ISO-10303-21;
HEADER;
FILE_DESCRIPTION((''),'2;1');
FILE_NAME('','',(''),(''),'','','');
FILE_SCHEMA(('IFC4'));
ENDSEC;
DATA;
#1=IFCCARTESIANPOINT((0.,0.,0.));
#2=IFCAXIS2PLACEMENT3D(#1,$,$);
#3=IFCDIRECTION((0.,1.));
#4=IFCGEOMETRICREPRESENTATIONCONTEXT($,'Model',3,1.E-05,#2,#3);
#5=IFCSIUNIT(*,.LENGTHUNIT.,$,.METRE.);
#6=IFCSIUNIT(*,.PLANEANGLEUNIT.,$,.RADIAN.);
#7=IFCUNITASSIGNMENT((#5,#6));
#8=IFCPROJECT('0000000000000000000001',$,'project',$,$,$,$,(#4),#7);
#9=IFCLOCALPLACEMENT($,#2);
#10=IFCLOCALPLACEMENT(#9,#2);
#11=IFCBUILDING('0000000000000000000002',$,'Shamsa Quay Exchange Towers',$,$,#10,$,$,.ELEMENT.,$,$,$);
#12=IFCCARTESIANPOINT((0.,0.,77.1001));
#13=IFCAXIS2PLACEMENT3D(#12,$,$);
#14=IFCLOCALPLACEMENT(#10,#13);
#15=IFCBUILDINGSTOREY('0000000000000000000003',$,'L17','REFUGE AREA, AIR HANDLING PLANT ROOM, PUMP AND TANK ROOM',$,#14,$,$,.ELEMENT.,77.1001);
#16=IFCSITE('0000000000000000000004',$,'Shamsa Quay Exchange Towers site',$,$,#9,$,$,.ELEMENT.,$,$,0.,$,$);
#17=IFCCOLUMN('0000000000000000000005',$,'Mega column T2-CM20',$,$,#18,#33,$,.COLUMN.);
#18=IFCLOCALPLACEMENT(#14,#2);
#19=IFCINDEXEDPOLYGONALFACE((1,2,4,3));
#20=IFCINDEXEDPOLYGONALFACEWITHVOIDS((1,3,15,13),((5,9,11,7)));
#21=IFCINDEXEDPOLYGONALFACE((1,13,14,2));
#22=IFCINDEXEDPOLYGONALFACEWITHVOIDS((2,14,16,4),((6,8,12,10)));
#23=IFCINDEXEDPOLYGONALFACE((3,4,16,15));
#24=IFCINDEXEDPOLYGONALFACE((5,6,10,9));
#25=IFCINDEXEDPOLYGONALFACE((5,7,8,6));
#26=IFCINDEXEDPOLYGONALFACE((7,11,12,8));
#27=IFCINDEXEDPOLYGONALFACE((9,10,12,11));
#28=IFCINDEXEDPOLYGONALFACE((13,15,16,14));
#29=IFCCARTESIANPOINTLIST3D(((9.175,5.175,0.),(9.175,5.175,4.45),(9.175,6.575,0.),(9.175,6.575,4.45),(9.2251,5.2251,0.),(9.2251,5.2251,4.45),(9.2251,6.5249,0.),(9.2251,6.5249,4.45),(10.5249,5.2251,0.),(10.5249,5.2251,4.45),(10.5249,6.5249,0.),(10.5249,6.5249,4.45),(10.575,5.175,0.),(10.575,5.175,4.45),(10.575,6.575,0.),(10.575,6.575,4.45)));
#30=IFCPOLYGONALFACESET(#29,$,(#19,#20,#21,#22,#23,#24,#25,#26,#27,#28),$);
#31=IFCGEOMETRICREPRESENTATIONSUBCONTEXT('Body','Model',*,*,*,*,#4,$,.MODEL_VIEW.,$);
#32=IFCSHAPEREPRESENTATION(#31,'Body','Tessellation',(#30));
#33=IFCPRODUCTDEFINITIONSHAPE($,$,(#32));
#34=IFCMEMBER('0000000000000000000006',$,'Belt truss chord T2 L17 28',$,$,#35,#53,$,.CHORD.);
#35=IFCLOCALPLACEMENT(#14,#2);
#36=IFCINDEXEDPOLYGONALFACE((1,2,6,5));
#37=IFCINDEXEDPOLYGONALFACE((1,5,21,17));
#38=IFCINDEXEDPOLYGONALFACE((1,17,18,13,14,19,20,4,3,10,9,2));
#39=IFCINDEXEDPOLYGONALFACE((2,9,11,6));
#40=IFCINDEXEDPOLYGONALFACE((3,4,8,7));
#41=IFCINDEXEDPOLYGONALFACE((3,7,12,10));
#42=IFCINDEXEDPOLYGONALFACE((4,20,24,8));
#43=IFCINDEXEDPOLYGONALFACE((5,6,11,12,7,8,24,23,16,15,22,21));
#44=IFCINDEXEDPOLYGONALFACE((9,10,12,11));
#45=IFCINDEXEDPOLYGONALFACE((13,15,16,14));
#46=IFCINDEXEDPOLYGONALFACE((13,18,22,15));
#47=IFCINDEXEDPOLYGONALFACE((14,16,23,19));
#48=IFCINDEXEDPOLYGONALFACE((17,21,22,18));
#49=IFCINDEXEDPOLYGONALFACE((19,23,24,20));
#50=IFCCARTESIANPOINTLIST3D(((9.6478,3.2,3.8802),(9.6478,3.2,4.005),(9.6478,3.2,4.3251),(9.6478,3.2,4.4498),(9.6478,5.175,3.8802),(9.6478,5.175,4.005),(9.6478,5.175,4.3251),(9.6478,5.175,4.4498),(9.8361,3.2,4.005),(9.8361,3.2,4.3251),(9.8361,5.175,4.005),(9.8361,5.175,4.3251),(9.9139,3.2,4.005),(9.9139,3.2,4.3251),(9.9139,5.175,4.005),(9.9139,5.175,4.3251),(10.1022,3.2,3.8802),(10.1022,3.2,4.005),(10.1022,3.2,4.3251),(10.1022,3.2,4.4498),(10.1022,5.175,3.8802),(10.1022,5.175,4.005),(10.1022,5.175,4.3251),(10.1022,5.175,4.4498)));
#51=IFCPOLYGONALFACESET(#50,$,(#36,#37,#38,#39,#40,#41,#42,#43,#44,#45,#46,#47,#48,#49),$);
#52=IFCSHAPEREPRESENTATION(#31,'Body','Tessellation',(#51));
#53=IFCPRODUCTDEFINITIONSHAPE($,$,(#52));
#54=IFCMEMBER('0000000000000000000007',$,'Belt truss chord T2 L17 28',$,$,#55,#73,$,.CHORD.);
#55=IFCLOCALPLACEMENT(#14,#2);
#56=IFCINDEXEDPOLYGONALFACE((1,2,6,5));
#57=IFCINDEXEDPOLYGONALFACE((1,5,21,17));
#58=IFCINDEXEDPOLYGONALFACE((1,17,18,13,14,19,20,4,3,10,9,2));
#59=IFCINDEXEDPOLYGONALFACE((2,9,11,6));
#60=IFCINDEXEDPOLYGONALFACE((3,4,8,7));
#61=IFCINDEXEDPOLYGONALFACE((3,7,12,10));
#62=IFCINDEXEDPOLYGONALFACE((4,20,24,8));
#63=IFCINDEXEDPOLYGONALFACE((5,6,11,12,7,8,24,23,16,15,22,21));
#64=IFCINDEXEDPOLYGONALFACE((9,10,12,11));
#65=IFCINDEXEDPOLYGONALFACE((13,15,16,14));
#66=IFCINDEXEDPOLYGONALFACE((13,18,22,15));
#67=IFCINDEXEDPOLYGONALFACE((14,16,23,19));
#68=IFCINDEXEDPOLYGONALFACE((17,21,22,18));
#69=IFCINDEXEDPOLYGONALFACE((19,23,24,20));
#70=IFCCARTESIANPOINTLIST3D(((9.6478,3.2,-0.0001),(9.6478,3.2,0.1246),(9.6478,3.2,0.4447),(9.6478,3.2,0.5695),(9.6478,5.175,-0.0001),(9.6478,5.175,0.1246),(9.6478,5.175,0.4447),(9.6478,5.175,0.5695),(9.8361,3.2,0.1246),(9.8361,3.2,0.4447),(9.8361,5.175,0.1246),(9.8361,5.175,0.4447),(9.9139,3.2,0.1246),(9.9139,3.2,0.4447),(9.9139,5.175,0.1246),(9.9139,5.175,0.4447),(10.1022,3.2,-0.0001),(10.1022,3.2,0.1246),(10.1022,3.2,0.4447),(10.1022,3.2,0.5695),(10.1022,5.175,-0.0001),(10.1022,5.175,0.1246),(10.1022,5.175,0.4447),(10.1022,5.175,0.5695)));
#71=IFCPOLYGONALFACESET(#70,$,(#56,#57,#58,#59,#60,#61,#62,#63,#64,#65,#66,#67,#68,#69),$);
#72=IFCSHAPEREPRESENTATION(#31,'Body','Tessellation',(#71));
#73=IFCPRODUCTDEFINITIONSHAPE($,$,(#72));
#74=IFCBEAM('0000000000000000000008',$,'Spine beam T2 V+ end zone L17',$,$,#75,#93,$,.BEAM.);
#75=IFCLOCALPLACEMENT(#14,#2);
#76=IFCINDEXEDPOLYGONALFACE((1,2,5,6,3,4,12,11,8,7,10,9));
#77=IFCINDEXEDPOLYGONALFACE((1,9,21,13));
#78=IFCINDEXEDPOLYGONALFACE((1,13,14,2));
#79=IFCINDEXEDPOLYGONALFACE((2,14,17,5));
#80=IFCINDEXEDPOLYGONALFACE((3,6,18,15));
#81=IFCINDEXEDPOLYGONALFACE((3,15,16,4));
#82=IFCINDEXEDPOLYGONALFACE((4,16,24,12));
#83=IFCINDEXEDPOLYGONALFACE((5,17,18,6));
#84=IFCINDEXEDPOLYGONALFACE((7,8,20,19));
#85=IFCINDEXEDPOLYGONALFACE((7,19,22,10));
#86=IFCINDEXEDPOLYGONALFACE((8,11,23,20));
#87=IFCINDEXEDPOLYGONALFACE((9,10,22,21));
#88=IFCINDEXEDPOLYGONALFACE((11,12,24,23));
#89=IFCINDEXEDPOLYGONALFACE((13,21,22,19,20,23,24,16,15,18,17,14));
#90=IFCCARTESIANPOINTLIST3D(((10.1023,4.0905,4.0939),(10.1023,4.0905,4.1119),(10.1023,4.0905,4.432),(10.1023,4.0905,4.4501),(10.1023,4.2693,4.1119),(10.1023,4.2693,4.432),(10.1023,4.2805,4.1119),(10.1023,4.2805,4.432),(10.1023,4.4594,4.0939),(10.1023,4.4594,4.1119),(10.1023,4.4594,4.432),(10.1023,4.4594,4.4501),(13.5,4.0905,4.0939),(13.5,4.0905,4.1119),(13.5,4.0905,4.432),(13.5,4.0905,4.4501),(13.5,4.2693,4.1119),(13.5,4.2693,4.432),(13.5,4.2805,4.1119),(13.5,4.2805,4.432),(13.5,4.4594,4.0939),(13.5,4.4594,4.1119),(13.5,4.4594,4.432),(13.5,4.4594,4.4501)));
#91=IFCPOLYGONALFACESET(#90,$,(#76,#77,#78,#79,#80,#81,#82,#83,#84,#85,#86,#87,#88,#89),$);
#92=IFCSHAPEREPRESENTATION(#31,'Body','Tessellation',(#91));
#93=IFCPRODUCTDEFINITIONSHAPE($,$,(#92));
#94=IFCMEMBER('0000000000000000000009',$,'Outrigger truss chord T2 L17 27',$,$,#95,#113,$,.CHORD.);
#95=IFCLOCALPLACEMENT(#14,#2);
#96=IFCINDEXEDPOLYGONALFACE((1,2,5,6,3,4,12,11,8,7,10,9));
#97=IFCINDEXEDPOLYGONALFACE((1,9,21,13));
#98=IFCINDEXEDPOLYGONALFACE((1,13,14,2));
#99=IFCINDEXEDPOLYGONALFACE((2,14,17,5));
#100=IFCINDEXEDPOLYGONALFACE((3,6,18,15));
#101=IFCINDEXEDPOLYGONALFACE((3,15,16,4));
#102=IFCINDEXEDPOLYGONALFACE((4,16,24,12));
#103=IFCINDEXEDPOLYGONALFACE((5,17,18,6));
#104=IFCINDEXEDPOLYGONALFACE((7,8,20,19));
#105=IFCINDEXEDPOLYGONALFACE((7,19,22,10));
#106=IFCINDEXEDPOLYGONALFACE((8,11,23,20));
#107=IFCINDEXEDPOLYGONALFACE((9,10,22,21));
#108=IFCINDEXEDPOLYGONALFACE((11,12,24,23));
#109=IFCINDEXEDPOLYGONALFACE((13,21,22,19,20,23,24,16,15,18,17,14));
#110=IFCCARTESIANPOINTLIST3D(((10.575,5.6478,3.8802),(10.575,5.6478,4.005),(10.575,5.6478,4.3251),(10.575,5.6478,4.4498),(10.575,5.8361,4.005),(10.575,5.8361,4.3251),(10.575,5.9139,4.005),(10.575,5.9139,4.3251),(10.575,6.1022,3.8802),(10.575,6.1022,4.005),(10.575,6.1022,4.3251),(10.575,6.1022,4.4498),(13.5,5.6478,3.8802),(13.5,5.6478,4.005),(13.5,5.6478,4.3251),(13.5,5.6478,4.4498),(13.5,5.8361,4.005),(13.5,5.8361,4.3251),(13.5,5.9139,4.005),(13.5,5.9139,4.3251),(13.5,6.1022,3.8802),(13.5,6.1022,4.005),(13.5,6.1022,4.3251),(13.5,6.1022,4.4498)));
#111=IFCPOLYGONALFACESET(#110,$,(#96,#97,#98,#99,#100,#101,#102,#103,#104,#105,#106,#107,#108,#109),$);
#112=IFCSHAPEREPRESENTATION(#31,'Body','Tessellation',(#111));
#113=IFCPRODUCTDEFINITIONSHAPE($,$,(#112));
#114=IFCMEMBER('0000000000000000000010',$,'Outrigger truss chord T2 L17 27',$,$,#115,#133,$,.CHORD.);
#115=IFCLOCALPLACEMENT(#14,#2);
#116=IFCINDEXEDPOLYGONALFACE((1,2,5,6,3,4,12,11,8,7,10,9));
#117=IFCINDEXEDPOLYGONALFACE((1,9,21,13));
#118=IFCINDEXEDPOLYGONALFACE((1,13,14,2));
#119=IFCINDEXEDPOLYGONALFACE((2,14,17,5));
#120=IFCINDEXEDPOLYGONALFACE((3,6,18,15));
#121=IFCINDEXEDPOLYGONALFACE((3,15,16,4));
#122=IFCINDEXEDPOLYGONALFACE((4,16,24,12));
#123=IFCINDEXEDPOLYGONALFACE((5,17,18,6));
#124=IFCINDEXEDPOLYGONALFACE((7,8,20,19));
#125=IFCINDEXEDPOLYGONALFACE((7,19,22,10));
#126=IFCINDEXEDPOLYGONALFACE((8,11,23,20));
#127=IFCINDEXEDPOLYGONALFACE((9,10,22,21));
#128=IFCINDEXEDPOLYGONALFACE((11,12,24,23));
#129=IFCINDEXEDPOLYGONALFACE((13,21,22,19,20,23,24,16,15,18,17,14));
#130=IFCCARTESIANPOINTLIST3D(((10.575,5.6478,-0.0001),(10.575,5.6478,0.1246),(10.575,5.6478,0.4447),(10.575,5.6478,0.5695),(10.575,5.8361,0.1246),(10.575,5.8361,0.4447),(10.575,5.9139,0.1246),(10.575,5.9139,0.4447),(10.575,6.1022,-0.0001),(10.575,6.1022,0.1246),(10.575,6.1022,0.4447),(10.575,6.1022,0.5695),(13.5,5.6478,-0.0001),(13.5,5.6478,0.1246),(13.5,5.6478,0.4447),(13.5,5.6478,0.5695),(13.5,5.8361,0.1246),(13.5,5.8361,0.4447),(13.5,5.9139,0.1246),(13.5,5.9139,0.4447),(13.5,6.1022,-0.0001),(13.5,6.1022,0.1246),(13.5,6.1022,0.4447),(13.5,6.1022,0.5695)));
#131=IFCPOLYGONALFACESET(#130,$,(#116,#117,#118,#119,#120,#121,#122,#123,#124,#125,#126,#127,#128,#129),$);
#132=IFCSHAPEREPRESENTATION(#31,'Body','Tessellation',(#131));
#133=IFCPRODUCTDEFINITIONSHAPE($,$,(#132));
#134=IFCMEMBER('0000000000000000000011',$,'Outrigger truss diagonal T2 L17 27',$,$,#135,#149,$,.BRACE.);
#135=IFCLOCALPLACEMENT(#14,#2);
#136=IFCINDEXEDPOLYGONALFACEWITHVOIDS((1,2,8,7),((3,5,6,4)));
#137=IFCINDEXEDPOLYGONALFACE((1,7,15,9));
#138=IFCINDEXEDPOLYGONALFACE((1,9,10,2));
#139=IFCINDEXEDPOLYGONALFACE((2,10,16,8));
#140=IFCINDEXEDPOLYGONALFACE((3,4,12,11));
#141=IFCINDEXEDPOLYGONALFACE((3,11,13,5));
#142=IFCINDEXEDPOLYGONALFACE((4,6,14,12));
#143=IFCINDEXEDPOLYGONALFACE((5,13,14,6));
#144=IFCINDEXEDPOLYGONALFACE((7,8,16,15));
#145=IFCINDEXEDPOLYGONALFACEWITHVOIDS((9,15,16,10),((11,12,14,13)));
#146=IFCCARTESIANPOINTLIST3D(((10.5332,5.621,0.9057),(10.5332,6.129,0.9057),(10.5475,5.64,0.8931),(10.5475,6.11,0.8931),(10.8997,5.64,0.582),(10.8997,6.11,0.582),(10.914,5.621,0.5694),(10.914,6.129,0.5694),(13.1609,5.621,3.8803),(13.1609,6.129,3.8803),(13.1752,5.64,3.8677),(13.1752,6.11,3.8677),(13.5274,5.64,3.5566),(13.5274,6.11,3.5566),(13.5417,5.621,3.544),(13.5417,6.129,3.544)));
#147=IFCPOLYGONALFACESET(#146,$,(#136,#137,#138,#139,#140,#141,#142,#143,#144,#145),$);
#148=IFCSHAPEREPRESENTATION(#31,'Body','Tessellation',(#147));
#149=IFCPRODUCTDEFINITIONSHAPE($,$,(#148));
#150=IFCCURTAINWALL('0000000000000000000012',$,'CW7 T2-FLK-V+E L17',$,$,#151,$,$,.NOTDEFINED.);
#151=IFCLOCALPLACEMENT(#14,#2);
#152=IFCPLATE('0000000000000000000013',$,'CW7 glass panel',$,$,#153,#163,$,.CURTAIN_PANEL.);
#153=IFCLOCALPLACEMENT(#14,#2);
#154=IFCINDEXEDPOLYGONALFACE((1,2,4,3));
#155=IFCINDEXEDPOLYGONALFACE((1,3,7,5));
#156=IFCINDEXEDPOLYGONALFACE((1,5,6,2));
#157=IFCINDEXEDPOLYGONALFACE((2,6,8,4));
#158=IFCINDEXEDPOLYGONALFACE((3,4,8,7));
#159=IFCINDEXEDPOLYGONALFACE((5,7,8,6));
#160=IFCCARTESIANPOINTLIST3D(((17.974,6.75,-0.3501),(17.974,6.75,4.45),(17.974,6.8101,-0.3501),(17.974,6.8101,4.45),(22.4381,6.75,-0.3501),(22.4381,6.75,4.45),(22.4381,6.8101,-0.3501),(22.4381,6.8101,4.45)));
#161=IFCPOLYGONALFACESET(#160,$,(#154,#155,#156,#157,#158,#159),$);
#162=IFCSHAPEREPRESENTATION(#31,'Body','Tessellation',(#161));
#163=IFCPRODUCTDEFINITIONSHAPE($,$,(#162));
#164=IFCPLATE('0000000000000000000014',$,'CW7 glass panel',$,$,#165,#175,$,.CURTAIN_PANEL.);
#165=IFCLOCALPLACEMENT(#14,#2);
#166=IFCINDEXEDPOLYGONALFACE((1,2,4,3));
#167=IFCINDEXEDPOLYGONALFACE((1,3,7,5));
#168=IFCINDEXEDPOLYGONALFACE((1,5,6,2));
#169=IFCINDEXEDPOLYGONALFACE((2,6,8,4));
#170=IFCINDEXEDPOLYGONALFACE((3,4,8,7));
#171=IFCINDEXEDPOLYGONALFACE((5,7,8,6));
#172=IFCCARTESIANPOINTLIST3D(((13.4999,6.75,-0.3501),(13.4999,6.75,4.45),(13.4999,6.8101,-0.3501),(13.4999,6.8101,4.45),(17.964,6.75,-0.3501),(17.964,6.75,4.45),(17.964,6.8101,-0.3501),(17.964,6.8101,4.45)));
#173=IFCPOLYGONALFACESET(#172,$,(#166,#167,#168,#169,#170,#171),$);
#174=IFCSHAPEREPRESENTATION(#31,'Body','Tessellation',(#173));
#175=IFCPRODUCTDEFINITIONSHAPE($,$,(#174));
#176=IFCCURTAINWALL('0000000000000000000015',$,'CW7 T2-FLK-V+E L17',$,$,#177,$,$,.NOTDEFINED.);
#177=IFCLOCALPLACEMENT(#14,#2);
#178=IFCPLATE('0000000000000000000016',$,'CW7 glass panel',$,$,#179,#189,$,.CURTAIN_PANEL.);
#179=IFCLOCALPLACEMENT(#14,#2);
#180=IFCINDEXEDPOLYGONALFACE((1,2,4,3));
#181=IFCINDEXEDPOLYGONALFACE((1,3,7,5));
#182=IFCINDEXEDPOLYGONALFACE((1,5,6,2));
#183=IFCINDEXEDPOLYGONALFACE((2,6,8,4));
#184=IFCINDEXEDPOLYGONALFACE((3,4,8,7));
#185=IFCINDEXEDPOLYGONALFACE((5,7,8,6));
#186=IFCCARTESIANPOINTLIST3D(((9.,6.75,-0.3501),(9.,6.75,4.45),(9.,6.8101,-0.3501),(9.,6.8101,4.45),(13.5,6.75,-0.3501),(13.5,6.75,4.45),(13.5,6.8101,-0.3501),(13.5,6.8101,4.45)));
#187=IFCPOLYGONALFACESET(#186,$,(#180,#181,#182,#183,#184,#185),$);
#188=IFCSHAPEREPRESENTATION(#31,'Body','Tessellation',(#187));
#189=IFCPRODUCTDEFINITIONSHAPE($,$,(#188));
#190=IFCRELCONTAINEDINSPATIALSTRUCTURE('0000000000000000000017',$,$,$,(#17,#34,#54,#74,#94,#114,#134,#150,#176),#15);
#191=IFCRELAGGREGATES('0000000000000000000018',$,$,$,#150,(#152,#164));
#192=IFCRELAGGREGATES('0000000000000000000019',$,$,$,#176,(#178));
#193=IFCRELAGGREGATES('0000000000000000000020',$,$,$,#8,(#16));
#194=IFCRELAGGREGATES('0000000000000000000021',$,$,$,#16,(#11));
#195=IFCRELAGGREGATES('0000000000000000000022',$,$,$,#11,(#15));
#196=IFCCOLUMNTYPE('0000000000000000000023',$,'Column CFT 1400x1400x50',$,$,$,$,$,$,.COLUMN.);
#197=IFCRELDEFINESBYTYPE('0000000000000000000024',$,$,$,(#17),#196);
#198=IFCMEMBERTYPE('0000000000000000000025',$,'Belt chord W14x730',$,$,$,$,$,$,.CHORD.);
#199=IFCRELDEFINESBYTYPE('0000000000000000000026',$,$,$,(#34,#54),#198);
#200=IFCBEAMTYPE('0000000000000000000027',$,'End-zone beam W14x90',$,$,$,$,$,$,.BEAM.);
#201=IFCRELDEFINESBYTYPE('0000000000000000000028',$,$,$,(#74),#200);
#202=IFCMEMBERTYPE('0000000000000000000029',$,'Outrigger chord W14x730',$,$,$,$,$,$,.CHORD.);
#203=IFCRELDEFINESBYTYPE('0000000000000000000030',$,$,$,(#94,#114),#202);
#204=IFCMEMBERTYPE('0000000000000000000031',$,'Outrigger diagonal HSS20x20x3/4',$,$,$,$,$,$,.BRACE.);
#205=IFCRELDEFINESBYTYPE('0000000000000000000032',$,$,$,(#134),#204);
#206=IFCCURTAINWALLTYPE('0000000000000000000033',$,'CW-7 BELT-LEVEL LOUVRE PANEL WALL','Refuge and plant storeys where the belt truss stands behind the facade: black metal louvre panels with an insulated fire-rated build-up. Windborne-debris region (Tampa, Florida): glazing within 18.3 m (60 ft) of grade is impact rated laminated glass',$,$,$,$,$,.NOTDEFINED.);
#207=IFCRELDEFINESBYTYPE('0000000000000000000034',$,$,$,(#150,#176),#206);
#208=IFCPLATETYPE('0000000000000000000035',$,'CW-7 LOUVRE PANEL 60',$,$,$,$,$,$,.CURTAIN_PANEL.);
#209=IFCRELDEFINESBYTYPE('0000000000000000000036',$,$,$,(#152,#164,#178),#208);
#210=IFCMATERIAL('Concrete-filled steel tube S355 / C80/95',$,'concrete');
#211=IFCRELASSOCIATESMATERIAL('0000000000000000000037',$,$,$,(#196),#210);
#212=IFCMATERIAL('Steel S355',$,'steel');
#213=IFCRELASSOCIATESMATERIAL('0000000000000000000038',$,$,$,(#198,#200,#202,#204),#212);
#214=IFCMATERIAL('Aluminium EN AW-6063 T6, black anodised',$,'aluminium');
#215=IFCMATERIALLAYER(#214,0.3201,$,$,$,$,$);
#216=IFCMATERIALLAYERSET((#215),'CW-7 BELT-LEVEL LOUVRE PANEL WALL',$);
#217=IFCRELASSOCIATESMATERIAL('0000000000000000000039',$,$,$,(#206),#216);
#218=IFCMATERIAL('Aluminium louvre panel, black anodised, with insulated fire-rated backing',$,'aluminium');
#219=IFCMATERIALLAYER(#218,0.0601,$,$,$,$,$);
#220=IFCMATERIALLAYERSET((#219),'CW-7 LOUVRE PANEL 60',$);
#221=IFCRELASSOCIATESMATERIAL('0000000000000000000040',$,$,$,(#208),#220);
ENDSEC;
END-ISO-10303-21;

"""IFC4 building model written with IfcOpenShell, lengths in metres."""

from ifc_helpers import new_model, si_unit, direction, frame, origin, origin_2d, place, context, subcontext, project, spatial, rectangle, hollow_rectangle, i_section, extrude, material, layer, layer_set, material_profile, profile_set, type_object, element, aggregate, save


model = new_model("IFC4")

# Units and contexts
model_context = context("Model", 3, precision=1e-05, world=origin(), true_north=direction((0.0, 1.0)))
body_context = subcontext(model_context, "Body", "Model", "MODEL_VIEW")
ifc_project = project(units=[si_unit("LENGTHUNIT", "METRE"), si_unit("PLANEANGLEUNIT", "RADIAN")], contexts=[model_context])

# Site, building, storey
site_placement = place(None, origin())
site = spatial("IfcSite", under=ifc_project, at=site_placement, Name="Shamsa Quay Exchange Towers site", CompositionType="ELEMENT", RefElevation=0.0)
building_placement = place(site_placement, origin())
building = spatial("IfcBuilding", under=site, at=building_placement, Name="Shamsa Quay Exchange Towers", CompositionType="ELEMENT")
storey_placement = place(building_placement, frame((0.0, 0.0, 77.1001)))
storey = spatial("IfcBuildingStorey", under=building, at=storey_placement, Name="L17", Description="REFUGE AREA, AIR HANDLING PLANT ROOM, PUMP AND TANK ROOM", CompositionType="ELEMENT", Elevation=77.1001)

# Column
ifc_material_1 = material(Name="Concrete-filled steel tube S355 / C80/95", Category="concrete")
ifc_material_profile_1 = material_profile(ifc_material_1, hollow_rectangle(XDim=1.3999, YDim=1.3999, WallThickness=0.05, at=origin_2d()), Name="CFT 1400x1400x50")
ifc_profile_set_1 = profile_set([ifc_material_profile_1], Name="Concrete-filled steel tube S355 / C80/95")
column_type = type_object("IfcColumnType", Name="Column CFT 1400x1400x50", PredefinedType="COLUMN", material=ifc_profile_set_1)
column_placement = place(storey_placement, frame((9.875, 5.875, 0.0)))
element("IfcColumn", 1, at=column_placement, inside=storey, type_object=column_type, Name="Mega column T2-CM20", PredefinedType="COLUMN", context=body_context, shape_type="SweptSolid", body=[
    extrude(hollow_rectangle(XDim=1.3999, YDim=1.3999, WallThickness=0.05, at=origin_2d()), origin(), (0.0, 0.0, 1.0), 4.45),
])

# Members
ifc_material_2 = material(Name="Steel S355", Category="steel")
ifc_material_profile_2 = material_profile(ifc_material_2, i_section(OverallWidth=0.4543, OverallDepth=0.5696, WebThickness=0.0779, FlangeThickness=0.1248, at=origin_2d()), Name="W14x730")
ifc_profile_set_2 = profile_set([ifc_material_profile_2], Name="Steel S355")
member_type_1 = type_object("IfcMemberType", Name="Belt chord W14x730", PredefinedType="CHORD", material=ifc_profile_set_2)
for number, where, z_axis, x_axis, name in (
    (2, (9.875, 5.175, 4.165), (0.0, -1.0, 0.0), (1.0, 0.0, 0.0), "Belt truss chord T2 L17 28"),
    (3, (9.875, 5.175, 0.2847), (0.0, -1.0, 0.0), (1.0, 0.0, 0.0), "Belt truss chord T2 L17 28"),
):
    element("IfcMember", number, at=place(storey_placement, frame(where, z_axis=z_axis, x_axis=x_axis)), inside=storey, type_object=member_type_1, Name=name, PredefinedType="CHORD", context=body_context, shape_type="SweptSolid", body=[
        extrude(i_section(OverallWidth=0.4543, OverallDepth=0.5696, WebThickness=0.0779, FlangeThickness=0.1248, at=origin_2d()), origin(), (0.0, 0.0, 1.0), 1.9751),
    ])

# Beam
ifc_material_profile_3 = material_profile(ifc_material_2, i_section(OverallWidth=0.3689, OverallDepth=0.3562, WebThickness=0.0112, FlangeThickness=0.0181, at=origin_2d()), Name="W14x90")
ifc_profile_set_3 = profile_set([ifc_material_profile_3], Name="Steel S355")
beam_type = type_object("IfcBeamType", Name="End-zone beam W14x90", PredefinedType="BEAM", material=ifc_profile_set_3)
beam_placement = place(storey_placement, frame((13.5, 4.2749, 4.272), z_axis=(-1.0, 0.0, 0.0), x_axis=(0.0, -1.0, 0.0)))
element("IfcBeam", 4, at=beam_placement, inside=storey, type_object=beam_type, Name="Spine beam T2 V+ end zone L17", PredefinedType="BEAM", context=body_context, shape_type="SweptSolid", body=[
    extrude(i_section(OverallWidth=0.3689, OverallDepth=0.3562, WebThickness=0.0112, FlangeThickness=0.0181, at=origin_2d()), origin(), (0.0, 0.0, 1.0), 3.3977),
])

# Members
ifc_material_profile_4 = material_profile(ifc_material_2, i_section(OverallWidth=0.4543, OverallDepth=0.5696, WebThickness=0.0779, FlangeThickness=0.1248, at=origin_2d()), Name="W14x730")
ifc_profile_set_4 = profile_set([ifc_material_profile_4], Name="Steel S355")
member_type_2 = type_object("IfcMemberType", Name="Outrigger chord W14x730", PredefinedType="CHORD", material=ifc_profile_set_4)
for number, where, z_axis, x_axis, name in (
    (5, (10.575, 5.875, 4.165), (1.0, 0.0, 0.0), (0.0, 1.0, 0.0), "Outrigger truss chord T2 L17 27"),
    (6, (10.575, 5.875, 0.2847), (1.0, 0.0, 0.0), (0.0, 1.0, 0.0), "Outrigger truss chord T2 L17 27"),
):
    element("IfcMember", number, at=place(storey_placement, frame(where, z_axis=z_axis, x_axis=x_axis)), inside=storey, type_object=member_type_2, Name=name, PredefinedType="CHORD", context=body_context, shape_type="SweptSolid", body=[
        extrude(i_section(OverallWidth=0.4543, OverallDepth=0.5696, WebThickness=0.0779, FlangeThickness=0.1248, at=origin_2d()), origin(), (0.0, 0.0, 1.0), 2.925),
    ])
ifc_material_profile_5 = material_profile(ifc_material_2, hollow_rectangle(XDim=0.5081, YDim=0.5081, WallThickness=0.019, at=origin_2d()), Name="HSS20x20x3/4")
ifc_profile_set_5 = profile_set([ifc_material_profile_5], Name="Steel S355")
member_type_3 = type_object("IfcMemberType", Name="Outrigger diagonal HSS20x20x3/4", PredefinedType="BRACE", material=ifc_profile_set_5)
member_placement = place(storey_placement, frame((10.7236, 5.875, 0.7375), z_axis=(0.662051, 0.0, 0.749459), x_axis=(0.0, 1.0, 0.0)))
element("IfcMember", 7, at=member_placement, inside=storey, type_object=member_type_3, Name="Outrigger truss diagonal T2 L17 27", PredefinedType="BRACE", context=body_context, shape_type="SweptSolid", body=[
    extrude(hollow_rectangle(XDim=0.5081, YDim=0.5081, WallThickness=0.019, at=origin_2d()), origin(), (0.0, 0.0, 1.0), 3.969),
])

# Curtain wall, plates
ifc_material_3 = material(Name="Aluminium EN AW-6063 T6, black anodised", Category="aluminium")
ifc_layer_1 = layer(ifc_material_3, 0.3201)
ifc_layer_set_1 = layer_set([ifc_layer_1], Name="CW-7 BELT-LEVEL LOUVRE PANEL WALL")
curtain_wall_type = type_object("IfcCurtainWallType", Name="CW-7 BELT-LEVEL LOUVRE PANEL WALL", Description="Refuge and plant storeys where the belt truss stands behind the facade: black metal louvre panels with an insulated fire-rated build-up. Windborne-debris region (Tampa, Florida): glazing within 18.3 m (60 ft) of grade is impact rated laminated glass", PredefinedType="NOTDEFINED", material=ifc_layer_set_1)
curtain_wall_1_placement = place(storey_placement, origin())
curtain_wall_1 = element("IfcCurtainWall", 8, at=curtain_wall_1_placement, inside=storey, type_object=curtain_wall_type, Name="CW7 T2-FLK-V+E L17", PredefinedType="NOTDEFINED")
ifc_material_4 = material(Name="Aluminium louvre panel, black anodised, with insulated fire-rated backing", Category="aluminium")
ifc_layer_2 = layer(ifc_material_4, 0.0601)
ifc_layer_set_2 = layer_set([ifc_layer_2], Name="CW-7 LOUVRE PANEL 60")
plate_type = type_object("IfcPlateType", Name="CW-7 LOUVRE PANEL 60", PredefinedType="CURTAIN_PANEL", material=ifc_layer_set_2)
plate_1_placement = place(storey_placement, frame((20.2061, 6.78, -0.3501), z_axis=(0.0, 0.0, 1.0), x_axis=(-1.0, 0.0, 0.0)))
plate_1 = element("IfcPlate", 9, at=plate_1_placement, type_object=plate_type, Name="CW7 glass panel", PredefinedType="CURTAIN_PANEL", context=body_context, shape_type="SweptSolid", body=[
    extrude(rectangle(XDim=4.4641, YDim=0.0601, at=origin_2d()), origin(), (0.0, 0.0, 1.0), 4.8),
])
plate_2_placement = place(storey_placement, frame((15.7319, 6.78, -0.3501), z_axis=(0.0, 0.0, 1.0), x_axis=(-1.0, 0.0, 0.0)))
plate_2 = element("IfcPlate", 10, at=plate_2_placement, type_object=plate_type, Name="CW7 glass panel", PredefinedType="CURTAIN_PANEL", context=body_context, shape_type="SweptSolid", body=[
    extrude(rectangle(XDim=4.4641, YDim=0.0601, at=origin_2d()), origin(), (0.0, 0.0, 1.0), 4.8),
])
aggregate(curtain_wall_1, [plate_1, plate_2])

# Curtain wall, plate
curtain_wall_2_placement = place(storey_placement, origin())
curtain_wall_2 = element("IfcCurtainWall", 11, at=curtain_wall_2_placement, inside=storey, type_object=curtain_wall_type, Name="CW7 T2-FLK-V+E L17", PredefinedType="NOTDEFINED")
plate_3_placement = place(storey_placement, frame((11.25, 6.78, -0.3501), z_axis=(0.0, 0.0, 1.0), x_axis=(-1.0, 0.0, 0.0)))
plate_3 = element("IfcPlate", 12, at=plate_3_placement, type_object=plate_type, Name="CW7 glass panel", PredefinedType="CURTAIN_PANEL", context=body_context, shape_type="SweptSolid", body=[
    extrude(rectangle(XDim=4.5, YDim=0.0601, at=origin_2d()), origin(), (0.0, 0.0, 1.0), 4.8),
])
aggregate(curtain_wall_2, [plate_3])

save(model, "model.ifc")
